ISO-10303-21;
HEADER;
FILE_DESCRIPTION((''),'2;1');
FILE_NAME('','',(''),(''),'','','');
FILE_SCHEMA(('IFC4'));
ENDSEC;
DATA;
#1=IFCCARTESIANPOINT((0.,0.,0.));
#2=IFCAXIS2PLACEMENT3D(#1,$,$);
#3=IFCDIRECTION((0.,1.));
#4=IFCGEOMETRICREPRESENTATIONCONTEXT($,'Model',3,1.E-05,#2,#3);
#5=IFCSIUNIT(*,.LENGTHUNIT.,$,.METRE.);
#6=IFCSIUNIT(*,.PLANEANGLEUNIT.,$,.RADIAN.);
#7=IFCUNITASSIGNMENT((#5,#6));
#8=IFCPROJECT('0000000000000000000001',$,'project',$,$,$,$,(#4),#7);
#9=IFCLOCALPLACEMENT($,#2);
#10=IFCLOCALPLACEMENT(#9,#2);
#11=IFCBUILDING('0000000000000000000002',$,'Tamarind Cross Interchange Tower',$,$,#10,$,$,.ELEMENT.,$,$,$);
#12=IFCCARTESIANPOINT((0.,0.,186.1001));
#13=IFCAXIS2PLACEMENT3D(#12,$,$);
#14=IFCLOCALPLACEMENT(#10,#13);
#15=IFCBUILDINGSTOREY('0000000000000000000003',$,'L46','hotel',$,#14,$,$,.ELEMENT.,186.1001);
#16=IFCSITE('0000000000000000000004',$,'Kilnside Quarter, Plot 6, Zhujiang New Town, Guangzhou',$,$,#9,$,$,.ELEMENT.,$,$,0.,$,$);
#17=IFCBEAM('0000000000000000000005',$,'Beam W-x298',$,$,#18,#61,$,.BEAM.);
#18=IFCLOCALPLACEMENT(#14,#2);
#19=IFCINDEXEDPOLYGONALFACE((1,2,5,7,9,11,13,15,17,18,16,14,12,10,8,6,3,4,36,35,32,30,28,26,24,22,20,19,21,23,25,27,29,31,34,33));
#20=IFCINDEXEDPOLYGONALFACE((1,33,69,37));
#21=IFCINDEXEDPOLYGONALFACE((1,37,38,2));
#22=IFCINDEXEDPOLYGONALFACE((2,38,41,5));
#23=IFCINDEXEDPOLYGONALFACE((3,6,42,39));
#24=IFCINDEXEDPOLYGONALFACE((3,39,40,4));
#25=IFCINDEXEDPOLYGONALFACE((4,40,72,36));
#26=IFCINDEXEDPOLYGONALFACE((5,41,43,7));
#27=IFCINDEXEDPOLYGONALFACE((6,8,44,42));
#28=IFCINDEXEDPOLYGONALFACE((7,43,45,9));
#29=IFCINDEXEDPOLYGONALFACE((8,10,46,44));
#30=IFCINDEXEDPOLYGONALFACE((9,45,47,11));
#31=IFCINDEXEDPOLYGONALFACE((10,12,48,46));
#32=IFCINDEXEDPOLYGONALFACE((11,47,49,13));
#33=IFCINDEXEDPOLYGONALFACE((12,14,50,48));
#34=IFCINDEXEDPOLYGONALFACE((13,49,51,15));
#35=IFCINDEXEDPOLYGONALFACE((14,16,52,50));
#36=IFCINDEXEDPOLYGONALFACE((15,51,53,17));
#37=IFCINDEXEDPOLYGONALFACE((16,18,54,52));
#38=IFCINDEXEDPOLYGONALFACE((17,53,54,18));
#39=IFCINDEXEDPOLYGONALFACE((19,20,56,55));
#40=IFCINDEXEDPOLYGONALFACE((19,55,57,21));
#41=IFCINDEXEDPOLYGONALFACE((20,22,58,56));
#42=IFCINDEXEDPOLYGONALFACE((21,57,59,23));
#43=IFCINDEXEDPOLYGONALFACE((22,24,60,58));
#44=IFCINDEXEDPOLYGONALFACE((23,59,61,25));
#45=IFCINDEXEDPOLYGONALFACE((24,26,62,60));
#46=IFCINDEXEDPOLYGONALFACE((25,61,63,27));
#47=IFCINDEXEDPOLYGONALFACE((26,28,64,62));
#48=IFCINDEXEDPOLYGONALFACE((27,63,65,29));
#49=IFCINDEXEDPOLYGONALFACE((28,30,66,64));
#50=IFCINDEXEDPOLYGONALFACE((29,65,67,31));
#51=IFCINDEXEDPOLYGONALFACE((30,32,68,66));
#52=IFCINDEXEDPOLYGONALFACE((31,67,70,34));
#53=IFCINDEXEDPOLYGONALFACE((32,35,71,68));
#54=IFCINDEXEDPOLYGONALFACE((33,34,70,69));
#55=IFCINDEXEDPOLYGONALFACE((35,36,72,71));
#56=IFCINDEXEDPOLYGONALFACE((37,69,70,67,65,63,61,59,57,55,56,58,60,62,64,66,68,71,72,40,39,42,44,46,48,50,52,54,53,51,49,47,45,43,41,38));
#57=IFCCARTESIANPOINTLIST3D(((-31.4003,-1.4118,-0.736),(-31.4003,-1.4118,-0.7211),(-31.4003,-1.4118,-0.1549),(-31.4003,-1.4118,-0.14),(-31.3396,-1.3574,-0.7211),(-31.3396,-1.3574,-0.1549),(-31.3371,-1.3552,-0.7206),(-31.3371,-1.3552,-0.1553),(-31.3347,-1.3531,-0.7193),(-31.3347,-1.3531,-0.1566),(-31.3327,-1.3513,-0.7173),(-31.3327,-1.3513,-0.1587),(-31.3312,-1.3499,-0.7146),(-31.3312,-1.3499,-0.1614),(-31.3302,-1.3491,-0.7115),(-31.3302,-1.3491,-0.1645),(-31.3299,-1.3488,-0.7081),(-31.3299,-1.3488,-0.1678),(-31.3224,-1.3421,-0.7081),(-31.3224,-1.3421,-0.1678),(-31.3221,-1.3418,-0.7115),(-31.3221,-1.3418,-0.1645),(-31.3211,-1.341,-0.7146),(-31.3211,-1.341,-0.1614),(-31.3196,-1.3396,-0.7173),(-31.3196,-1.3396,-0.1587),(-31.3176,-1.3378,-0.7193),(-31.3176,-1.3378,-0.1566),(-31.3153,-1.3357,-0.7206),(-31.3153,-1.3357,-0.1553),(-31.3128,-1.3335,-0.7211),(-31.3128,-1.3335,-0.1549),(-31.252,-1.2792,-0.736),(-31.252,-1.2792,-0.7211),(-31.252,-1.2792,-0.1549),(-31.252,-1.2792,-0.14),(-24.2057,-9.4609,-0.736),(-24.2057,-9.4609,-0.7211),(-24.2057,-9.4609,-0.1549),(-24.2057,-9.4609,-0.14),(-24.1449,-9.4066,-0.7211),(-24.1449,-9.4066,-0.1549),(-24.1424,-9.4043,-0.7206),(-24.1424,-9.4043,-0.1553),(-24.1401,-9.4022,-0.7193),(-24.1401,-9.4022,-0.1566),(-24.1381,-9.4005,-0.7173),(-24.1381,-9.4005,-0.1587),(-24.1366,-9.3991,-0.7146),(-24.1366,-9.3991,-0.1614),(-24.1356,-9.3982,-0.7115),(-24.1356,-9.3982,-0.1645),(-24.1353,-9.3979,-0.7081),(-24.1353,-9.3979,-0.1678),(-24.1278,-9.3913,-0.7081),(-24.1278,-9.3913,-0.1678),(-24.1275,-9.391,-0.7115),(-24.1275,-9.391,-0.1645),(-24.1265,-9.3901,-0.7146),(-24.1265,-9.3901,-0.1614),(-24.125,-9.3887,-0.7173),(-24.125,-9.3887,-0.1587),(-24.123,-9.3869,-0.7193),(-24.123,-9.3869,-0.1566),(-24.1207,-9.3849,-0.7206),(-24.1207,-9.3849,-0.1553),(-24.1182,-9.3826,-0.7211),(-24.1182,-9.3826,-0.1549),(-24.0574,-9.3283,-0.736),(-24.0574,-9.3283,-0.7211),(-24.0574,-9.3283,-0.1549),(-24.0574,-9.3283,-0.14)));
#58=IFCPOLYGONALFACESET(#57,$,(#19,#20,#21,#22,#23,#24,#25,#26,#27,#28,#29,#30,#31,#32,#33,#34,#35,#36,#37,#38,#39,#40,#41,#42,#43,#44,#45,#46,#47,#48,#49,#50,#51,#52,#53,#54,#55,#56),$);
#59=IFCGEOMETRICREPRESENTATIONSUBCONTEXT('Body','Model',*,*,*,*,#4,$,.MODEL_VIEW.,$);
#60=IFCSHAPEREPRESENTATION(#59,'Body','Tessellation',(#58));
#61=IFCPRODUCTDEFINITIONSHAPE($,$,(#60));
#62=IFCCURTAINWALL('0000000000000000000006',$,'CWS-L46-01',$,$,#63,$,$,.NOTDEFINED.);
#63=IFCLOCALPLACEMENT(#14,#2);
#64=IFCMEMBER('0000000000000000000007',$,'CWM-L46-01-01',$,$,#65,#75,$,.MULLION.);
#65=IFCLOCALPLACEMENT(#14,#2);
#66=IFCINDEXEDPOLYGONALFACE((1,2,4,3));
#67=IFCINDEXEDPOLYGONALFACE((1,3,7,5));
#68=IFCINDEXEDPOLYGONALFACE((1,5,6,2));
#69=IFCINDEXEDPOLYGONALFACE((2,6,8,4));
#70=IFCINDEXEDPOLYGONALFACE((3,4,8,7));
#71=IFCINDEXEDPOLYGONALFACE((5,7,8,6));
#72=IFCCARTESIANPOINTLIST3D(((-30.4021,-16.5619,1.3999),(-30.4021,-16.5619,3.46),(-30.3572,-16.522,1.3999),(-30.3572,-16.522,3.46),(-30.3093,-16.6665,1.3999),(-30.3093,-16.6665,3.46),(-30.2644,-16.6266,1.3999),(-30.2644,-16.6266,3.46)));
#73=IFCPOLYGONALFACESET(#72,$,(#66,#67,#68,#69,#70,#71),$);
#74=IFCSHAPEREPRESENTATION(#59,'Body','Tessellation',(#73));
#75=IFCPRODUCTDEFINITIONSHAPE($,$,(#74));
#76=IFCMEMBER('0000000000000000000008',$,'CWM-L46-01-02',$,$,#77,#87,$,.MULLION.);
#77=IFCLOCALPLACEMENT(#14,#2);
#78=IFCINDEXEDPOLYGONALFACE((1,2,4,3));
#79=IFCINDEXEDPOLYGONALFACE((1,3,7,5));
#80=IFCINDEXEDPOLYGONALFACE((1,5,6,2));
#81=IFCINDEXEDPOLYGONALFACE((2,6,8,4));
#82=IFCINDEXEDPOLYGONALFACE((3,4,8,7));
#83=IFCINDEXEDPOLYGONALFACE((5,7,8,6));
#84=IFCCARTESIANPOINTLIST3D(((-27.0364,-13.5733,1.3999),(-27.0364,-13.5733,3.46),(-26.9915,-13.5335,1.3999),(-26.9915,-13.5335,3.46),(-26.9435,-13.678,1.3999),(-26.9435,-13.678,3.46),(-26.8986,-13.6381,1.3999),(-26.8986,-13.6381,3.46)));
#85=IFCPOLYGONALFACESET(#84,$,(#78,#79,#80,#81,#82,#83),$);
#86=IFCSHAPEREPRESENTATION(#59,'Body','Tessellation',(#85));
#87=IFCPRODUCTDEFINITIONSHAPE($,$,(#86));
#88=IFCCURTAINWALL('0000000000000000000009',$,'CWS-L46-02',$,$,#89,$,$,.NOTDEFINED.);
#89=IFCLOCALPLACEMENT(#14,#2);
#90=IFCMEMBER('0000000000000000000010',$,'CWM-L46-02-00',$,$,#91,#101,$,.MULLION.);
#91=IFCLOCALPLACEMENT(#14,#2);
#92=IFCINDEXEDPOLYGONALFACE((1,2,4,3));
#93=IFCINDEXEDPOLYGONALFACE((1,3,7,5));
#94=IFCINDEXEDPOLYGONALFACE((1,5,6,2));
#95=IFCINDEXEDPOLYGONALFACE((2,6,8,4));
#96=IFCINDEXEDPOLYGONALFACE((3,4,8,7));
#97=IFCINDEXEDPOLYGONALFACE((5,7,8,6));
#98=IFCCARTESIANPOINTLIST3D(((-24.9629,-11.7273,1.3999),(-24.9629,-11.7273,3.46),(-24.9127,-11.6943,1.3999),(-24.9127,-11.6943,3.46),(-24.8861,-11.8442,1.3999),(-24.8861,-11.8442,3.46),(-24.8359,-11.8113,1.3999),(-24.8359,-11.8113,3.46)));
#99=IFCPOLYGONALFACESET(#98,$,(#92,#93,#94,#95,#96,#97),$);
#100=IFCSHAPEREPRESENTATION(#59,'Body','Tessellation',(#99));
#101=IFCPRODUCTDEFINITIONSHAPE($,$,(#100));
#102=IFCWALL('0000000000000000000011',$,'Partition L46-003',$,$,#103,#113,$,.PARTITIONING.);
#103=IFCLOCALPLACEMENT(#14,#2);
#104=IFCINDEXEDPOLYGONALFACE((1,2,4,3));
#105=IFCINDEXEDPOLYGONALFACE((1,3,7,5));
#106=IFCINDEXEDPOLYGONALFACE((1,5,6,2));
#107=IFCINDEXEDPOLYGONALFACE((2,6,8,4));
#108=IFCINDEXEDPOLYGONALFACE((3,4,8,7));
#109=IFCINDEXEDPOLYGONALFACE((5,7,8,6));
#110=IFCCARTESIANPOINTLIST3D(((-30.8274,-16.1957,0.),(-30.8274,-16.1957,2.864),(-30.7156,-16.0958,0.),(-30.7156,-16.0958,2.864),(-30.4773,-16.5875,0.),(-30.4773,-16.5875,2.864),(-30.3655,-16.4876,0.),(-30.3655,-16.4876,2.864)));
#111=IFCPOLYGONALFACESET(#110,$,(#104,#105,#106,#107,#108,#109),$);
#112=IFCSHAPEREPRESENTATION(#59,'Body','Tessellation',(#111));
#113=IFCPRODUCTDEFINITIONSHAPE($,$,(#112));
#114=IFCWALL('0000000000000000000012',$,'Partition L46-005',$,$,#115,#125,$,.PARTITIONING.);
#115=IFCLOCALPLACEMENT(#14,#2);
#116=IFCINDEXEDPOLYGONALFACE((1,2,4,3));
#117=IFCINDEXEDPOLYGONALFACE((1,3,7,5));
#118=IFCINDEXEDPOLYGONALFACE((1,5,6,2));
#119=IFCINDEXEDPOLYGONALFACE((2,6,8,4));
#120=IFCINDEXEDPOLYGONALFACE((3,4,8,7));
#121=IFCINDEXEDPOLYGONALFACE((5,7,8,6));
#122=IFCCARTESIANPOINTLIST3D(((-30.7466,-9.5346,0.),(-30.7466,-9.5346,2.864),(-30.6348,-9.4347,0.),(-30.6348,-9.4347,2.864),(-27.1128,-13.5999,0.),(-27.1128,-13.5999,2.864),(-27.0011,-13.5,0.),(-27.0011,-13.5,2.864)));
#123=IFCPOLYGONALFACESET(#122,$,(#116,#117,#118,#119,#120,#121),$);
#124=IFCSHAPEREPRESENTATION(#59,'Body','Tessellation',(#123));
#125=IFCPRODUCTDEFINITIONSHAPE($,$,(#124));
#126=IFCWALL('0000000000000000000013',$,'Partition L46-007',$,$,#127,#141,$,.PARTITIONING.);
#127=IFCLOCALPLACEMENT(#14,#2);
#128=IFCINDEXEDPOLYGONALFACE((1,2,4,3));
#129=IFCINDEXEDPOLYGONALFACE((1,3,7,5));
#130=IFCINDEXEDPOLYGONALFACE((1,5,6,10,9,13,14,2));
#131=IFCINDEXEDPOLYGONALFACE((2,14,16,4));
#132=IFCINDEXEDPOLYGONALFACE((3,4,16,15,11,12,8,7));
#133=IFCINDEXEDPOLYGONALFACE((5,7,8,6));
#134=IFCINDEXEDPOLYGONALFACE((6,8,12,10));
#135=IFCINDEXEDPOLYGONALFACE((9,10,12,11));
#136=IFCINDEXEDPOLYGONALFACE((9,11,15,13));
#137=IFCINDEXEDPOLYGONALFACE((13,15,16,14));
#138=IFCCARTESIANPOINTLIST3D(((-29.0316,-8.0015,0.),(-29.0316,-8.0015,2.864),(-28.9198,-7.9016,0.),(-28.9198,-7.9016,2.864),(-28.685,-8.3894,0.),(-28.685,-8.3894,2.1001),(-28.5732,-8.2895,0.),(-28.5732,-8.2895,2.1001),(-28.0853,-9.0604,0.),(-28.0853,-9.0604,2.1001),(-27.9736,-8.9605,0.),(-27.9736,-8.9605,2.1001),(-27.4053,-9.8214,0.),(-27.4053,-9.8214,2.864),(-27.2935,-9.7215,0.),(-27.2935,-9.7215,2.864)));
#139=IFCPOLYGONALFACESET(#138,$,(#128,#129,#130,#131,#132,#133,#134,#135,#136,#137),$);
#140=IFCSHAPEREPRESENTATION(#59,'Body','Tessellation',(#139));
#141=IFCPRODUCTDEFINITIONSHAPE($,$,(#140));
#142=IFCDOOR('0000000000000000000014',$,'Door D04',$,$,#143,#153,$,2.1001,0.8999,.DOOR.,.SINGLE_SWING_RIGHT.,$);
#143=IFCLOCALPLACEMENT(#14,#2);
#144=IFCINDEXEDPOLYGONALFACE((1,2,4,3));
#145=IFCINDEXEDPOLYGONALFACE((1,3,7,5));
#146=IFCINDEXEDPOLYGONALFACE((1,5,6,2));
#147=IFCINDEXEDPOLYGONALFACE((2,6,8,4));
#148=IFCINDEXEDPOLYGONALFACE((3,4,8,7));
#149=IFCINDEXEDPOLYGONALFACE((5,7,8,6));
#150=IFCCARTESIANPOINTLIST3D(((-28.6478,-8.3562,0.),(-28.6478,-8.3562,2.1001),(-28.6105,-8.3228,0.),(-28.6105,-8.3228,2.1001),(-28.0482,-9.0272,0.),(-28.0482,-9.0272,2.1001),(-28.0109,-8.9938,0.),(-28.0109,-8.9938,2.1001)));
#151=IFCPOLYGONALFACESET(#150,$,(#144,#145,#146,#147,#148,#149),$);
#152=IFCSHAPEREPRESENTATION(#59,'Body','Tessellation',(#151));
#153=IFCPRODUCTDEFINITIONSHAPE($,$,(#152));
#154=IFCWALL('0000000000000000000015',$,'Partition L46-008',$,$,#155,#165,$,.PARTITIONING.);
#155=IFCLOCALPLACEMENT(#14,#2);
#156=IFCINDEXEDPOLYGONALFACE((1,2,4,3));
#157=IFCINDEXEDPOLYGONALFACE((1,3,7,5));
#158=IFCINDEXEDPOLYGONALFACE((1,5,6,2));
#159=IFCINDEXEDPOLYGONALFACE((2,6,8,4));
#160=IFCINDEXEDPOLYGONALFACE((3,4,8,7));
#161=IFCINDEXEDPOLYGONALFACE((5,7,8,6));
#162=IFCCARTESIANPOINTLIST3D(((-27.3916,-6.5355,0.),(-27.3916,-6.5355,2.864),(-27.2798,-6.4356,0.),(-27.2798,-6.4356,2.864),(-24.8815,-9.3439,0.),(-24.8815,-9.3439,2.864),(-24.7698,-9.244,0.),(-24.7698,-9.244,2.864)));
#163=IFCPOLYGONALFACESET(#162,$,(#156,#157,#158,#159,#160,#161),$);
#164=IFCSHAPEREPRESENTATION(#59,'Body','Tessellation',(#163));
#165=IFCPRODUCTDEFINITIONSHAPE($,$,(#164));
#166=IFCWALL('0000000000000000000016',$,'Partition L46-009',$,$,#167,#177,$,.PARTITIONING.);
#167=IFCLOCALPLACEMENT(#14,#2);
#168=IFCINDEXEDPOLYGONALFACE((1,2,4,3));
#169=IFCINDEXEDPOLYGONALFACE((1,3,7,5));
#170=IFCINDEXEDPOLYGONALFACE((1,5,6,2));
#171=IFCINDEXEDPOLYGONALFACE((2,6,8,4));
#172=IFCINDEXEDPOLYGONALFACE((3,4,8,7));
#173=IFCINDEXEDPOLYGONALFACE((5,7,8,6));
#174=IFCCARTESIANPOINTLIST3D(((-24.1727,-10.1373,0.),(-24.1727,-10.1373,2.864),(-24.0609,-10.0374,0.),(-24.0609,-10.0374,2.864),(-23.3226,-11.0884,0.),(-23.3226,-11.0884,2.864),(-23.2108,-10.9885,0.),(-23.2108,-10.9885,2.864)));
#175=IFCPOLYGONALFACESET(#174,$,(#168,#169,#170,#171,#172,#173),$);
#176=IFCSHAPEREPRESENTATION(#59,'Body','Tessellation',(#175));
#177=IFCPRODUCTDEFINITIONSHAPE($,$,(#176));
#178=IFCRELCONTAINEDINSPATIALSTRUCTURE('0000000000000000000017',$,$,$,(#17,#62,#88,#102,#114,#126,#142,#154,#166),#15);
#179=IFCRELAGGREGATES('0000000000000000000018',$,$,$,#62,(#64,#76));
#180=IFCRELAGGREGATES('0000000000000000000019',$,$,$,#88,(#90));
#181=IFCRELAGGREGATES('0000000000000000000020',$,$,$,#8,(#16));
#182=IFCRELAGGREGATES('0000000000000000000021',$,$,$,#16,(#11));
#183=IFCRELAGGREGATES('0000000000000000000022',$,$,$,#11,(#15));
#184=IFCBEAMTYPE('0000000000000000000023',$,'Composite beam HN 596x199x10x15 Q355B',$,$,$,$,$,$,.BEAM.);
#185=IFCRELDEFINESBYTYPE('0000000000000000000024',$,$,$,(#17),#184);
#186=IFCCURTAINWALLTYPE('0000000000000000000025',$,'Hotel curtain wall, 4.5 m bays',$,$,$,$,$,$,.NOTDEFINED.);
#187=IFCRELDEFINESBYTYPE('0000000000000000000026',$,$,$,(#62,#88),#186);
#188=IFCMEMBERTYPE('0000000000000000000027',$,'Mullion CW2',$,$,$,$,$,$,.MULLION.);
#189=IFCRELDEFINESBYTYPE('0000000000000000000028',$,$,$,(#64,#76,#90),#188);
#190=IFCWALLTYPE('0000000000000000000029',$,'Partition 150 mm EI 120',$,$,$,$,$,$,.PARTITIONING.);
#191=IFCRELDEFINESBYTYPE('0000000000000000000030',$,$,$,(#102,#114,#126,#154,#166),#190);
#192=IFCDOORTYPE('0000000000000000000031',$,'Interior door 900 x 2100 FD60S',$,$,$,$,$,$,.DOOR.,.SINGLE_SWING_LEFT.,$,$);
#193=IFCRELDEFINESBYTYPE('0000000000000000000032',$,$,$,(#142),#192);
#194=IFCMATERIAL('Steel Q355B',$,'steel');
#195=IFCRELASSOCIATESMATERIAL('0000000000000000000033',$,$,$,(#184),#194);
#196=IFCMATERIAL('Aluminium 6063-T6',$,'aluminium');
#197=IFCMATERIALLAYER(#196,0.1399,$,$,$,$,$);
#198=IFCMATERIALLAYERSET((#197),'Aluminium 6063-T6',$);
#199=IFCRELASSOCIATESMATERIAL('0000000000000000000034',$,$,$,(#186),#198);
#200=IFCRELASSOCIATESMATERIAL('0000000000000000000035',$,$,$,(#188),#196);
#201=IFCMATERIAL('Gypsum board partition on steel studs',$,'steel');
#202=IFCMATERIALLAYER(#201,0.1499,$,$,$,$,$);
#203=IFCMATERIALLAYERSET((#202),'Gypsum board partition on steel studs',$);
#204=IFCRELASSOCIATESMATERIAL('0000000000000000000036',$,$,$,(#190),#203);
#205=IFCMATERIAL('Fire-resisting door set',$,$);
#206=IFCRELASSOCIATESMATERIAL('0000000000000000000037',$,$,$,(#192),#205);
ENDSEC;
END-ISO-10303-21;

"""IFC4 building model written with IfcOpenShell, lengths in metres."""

from ifc_helpers import new_model, si_unit, direction, frame, frame_2d, origin, origin_2d, place, context, subcontext, project, spatial, rectangle, i_section, extrude, material, layer, layer_set, material_profile, profile_set, type_object, element, fill, aggregate, save


model = new_model("IFC4")

# Units and contexts
model_context = context("Model", 3, precision=1e-05, world=origin(), true_north=direction((0.0, 1.0)))
body_context = subcontext(model_context, "Body", "Model", "MODEL_VIEW")
ifc_project = project(units=[si_unit("LENGTHUNIT", "METRE"), si_unit("PLANEANGLEUNIT", "RADIAN")], contexts=[model_context])

# Site, building, storey
site_placement = place(None, origin())
site = spatial("IfcSite", under=ifc_project, at=site_placement, Name="Kilnside Quarter, Plot 6, Zhujiang New Town, Guangzhou", CompositionType="ELEMENT", RefElevation=0.0)
building_placement = place(site_placement, origin())
building = spatial("IfcBuilding", under=site, at=building_placement, Name="Tamarind Cross Interchange Tower", CompositionType="ELEMENT")
storey_placement = place(building_placement, frame((0.0, 0.0, 186.1001)))
storey = spatial("IfcBuildingStorey", under=building, at=storey_placement, Name="L46", Description="hotel", CompositionType="ELEMENT", Elevation=186.1001)

# Beam
ifc_material_1 = material(Name="Steel Q355B", Category="steel")
ifc_material_profile_1 = material_profile(ifc_material_1, i_section(OverallWidth=0.199, OverallDepth=0.5959, WebThickness=0.01, FlangeThickness=0.0149, FilletRadius=0.0129, at=origin_2d()), Name="HN 596x199x10x15")
ifc_profile_set_1 = profile_set([ifc_material_profile_1], Name="Steel Q355B")
beam_type_1 = type_object("IfcBeamType", Name="Composite beam HN 596x199x10x15 Q355B", PredefinedType="BEAM", material=ifc_profile_set_1)
beam_1_placement = place(storey_placement, frame((-31.3262, -1.3455, -0.438), z_axis=(0.666423, -0.745574, 0.0), x_axis=(0.745574, 0.666423, 0.0)))
element("IfcBeam", 1, at=beam_1_placement, inside=storey, type_object=beam_type_1, Name="Beam W-x298", PredefinedType="BEAM", context=body_context, shape_type="SweptSolid", body=[
    extrude(i_section(OverallWidth=0.199, OverallDepth=0.5959, WebThickness=0.01, FlangeThickness=0.0149, FilletRadius=0.0129, at=origin_2d()), origin(), (0.0, 0.0, 1.0), 10.7959),
])

# Curtain wall, members
ifc_material_2 = material(Name="Aluminium 6063-T6", Category="aluminium")
ifc_layer_1 = layer(ifc_material_2, 0.1399)
ifc_layer_set_1 = layer_set([ifc_layer_1], Name="Aluminium 6063-T6")
curtain_wall_type = type_object("IfcCurtainWallType", Name="Hotel curtain wall, 4.5 m bays", PredefinedType="NOTDEFINED", material=ifc_layer_set_1)
curtain_wall_1_placement = place(storey_placement, origin())
curtain_wall_1 = element("IfcCurtainWall", 2, at=curtain_wall_1_placement, inside=storey, type_object=curtain_wall_type, Name="CWS-L46-01", PredefinedType="NOTDEFINED")
ifc_material_profile_2 = material_profile(ifc_material_2, rectangle(XDim=0.0601, YDim=0.1399, at=origin_2d()), Name="Mullion CW2")
ifc_profile_set_2 = profile_set([ifc_material_profile_2], Name="Aluminium 6063-T6")
member_type = type_object("IfcMemberType", Name="Mullion CW2", PredefinedType="MULLION", material=ifc_profile_set_2)
member_1_placement = place(storey_placement, frame((-30.3333, -16.5942, 1.3999), z_axis=(0.0, 0.0, 1.0), x_axis=(0.747777, 0.66395, 0.0)))
member_1 = element("IfcMember", 3, at=member_1_placement, type_object=member_type, Name="CWM-L46-01-01", PredefinedType="MULLION", context=body_context, shape_type="SweptSolid", body=[
    extrude(rectangle(XDim=0.0601, YDim=0.1399, at=origin_2d()), origin(), (0.0, 0.0, 1.0), 2.0601),
])
member_2_placement = place(storey_placement, frame((-26.9675, -13.6057, 1.3999), z_axis=(0.0, 0.0, 1.0), x_axis=(0.747777, 0.66395, 0.0)))
member_2 = element("IfcMember", 4, at=member_2_placement, type_object=member_type, Name="CWM-L46-01-02", PredefinedType="MULLION", context=body_context, shape_type="SweptSolid", body=[
    extrude(rectangle(XDim=0.0601, YDim=0.1399, at=origin_2d()), origin(), (0.0, 0.0, 1.0), 2.0601),
])
aggregate(curtain_wall_1, [member_1, member_2])

# Curtain wall, member
curtain_wall_2_placement = place(storey_placement, origin())
curtain_wall_2 = element("IfcCurtainWall", 5, at=curtain_wall_2_placement, inside=storey, type_object=curtain_wall_type, Name="CWS-L46-02", PredefinedType="NOTDEFINED")
member_3_placement = place(storey_placement, frame((-24.8994, -11.7693, 1.3999), z_axis=(0.0, 0.0, 1.0), x_axis=(0.835999, 0.548731, 0.0)))
member_3 = element("IfcMember", 6, at=member_3_placement, type_object=member_type, Name="CWM-L46-02-00", PredefinedType="MULLION", context=body_context, shape_type="SweptSolid", body=[
    extrude(rectangle(XDim=0.0601, YDim=0.1399, at=origin_2d()), origin(), (0.0, 0.0, 1.0), 2.0601),
])
aggregate(curtain_wall_2, [member_3])

# Walls
ifc_material_3 = material(Name="Gypsum board partition on steel studs", Category="steel")
ifc_layer_2 = layer(ifc_material_3, 0.1499)
ifc_layer_set_2 = layer_set([ifc_layer_2], Name="Gypsum board partition on steel studs")
wall_type_1 = type_object("IfcWallType", Name="Partition 150 mm EI 120", PredefinedType="PARTITIONING", material=ifc_layer_set_2)
wall_1_placement = place(storey_placement, frame((-30.7715, -16.1458, 0.0), z_axis=(0.0, 0.0, 1.0), x_axis=(0.666265, -0.745715, 0.0)))
element("IfcWall", 7, at=wall_1_placement, inside=storey, type_object=wall_type_1, Name="Partition L46-003", PredefinedType="PARTITIONING", context=body_context, shape_type="SweptSolid", body=[
    extrude(rectangle(XDim=0.5254, YDim=0.1499, at=frame_2d((0.2627, 0.0))), origin(), (0.0, 0.0, 1.0), 2.864),
])
wall_2_placement = place(storey_placement, frame((-30.6907, -9.4846, 0.0), z_axis=(0.0, 0.0, 1.0), x_axis=(0.666418, -0.745578, 0.0)))
element("IfcWall", 8, at=wall_2_placement, inside=storey, type_object=wall_type_1, Name="Partition L46-005", PredefinedType="PARTITIONING", context=body_context, shape_type="SweptSolid", body=[
    extrude(rectangle(XDim=5.4526, YDim=0.1499, at=frame_2d((2.7263, 0.0))), origin(), (0.0, 0.0, 1.0), 2.864),
])

# Wall, opening, door
wall_3_placement = place(storey_placement, frame((-28.9756, -7.9517, 0.0), z_axis=(0.0, 0.0, 1.0), x_axis=(0.66633, -0.745657, 0.0)))
wall_3 = element("IfcWall", 9, at=wall_3_placement, inside=storey, type_object=wall_type_1, Name="Partition L46-007", PredefinedType="PARTITIONING", context=body_context, shape_type="SweptSolid", body=[
    extrude(rectangle(XDim=2.4407, YDim=0.1499, at=frame_2d((1.2202, 0.0))), origin(), (0.0, 0.0, 1.0), 2.864),
])
opening_1_placement = place(wall_3_placement, frame((0.52, 0.0, 0.0)))
opening_1 = element("IfcOpeningElement", 10, at=opening_1_placement, cuts=wall_3, PredefinedType="OPENING", context=body_context, shape_type="SweptSolid", body=[
    extrude(rectangle(XDim=0.8999, YDim=2.1001, at=frame_2d((0.45, 1.05))), frame((0.0, 0.085, 0.0), z_axis=(0.0, -1.0, 0.0), x_axis=(1.0, 0.0, 0.0)), (0.0, 0.0, 1.0), 0.1699),
])
ifc_material_4 = material(Name="Fire-resisting door set")
door_type_1 = type_object("IfcDoorType", Name="Interior door 900 x 2100 FD60S", OperationType="SINGLE_SWING_LEFT", PredefinedType="DOOR", material=ifc_material_4)
door_1_placement = place(opening_1_placement, origin())
door_1 = element("IfcDoor", 11, at=door_1_placement, inside=storey, type_object=door_type_1, Name="Door D04", OperationType="SINGLE_SWING_RIGHT", OverallHeight=2.1001, OverallWidth=0.8999, PredefinedType="DOOR", context=body_context, shape_type="SweptSolid", body=[
    extrude(rectangle(XDim=0.8999, YDim=2.1001, at=frame_2d((0.45, 1.05))), frame((0.0, 0.0249, 0.0), z_axis=(0.0, -1.0, 0.0), x_axis=(1.0, 0.0, 0.0)), (0.0, 0.0, 1.0), 0.05),
])
fill(opening_1, door_1)

# Walls
wall_4_placement = place(storey_placement, frame((-27.3357, -6.4856, 0.0), z_axis=(0.0, 0.0, 1.0), x_axis=(0.666393, -0.745601, 0.0)))
element("IfcWall", 12, at=wall_4_placement, inside=storey, type_object=wall_type_1, Name="Partition L46-008", PredefinedType="PARTITIONING", context=body_context, shape_type="SweptSolid", body=[
    extrude(rectangle(XDim=3.7666, YDim=0.1499, at=frame_2d((1.8833, 0.0))), origin(), (0.0, 0.0, 1.0), 2.864),
])
wall_5_placement = place(storey_placement, frame((-24.1167, -10.0874, 0.0), z_axis=(0.0, 0.0, 1.0), x_axis=(0.666381, -0.745612, 0.0)))
element("IfcWall", 13, at=wall_5_placement, inside=storey, type_object=wall_type_1, Name="Partition L46-009", PredefinedType="PARTITIONING", context=body_context, shape_type="SweptSolid", body=[
    extrude(rectangle(XDim=1.2756, YDim=0.1499, at=frame_2d((0.6377, 0.0))), origin(), (0.0, 0.0, 1.0), 2.864),
])

save(model, "model.ifc")
